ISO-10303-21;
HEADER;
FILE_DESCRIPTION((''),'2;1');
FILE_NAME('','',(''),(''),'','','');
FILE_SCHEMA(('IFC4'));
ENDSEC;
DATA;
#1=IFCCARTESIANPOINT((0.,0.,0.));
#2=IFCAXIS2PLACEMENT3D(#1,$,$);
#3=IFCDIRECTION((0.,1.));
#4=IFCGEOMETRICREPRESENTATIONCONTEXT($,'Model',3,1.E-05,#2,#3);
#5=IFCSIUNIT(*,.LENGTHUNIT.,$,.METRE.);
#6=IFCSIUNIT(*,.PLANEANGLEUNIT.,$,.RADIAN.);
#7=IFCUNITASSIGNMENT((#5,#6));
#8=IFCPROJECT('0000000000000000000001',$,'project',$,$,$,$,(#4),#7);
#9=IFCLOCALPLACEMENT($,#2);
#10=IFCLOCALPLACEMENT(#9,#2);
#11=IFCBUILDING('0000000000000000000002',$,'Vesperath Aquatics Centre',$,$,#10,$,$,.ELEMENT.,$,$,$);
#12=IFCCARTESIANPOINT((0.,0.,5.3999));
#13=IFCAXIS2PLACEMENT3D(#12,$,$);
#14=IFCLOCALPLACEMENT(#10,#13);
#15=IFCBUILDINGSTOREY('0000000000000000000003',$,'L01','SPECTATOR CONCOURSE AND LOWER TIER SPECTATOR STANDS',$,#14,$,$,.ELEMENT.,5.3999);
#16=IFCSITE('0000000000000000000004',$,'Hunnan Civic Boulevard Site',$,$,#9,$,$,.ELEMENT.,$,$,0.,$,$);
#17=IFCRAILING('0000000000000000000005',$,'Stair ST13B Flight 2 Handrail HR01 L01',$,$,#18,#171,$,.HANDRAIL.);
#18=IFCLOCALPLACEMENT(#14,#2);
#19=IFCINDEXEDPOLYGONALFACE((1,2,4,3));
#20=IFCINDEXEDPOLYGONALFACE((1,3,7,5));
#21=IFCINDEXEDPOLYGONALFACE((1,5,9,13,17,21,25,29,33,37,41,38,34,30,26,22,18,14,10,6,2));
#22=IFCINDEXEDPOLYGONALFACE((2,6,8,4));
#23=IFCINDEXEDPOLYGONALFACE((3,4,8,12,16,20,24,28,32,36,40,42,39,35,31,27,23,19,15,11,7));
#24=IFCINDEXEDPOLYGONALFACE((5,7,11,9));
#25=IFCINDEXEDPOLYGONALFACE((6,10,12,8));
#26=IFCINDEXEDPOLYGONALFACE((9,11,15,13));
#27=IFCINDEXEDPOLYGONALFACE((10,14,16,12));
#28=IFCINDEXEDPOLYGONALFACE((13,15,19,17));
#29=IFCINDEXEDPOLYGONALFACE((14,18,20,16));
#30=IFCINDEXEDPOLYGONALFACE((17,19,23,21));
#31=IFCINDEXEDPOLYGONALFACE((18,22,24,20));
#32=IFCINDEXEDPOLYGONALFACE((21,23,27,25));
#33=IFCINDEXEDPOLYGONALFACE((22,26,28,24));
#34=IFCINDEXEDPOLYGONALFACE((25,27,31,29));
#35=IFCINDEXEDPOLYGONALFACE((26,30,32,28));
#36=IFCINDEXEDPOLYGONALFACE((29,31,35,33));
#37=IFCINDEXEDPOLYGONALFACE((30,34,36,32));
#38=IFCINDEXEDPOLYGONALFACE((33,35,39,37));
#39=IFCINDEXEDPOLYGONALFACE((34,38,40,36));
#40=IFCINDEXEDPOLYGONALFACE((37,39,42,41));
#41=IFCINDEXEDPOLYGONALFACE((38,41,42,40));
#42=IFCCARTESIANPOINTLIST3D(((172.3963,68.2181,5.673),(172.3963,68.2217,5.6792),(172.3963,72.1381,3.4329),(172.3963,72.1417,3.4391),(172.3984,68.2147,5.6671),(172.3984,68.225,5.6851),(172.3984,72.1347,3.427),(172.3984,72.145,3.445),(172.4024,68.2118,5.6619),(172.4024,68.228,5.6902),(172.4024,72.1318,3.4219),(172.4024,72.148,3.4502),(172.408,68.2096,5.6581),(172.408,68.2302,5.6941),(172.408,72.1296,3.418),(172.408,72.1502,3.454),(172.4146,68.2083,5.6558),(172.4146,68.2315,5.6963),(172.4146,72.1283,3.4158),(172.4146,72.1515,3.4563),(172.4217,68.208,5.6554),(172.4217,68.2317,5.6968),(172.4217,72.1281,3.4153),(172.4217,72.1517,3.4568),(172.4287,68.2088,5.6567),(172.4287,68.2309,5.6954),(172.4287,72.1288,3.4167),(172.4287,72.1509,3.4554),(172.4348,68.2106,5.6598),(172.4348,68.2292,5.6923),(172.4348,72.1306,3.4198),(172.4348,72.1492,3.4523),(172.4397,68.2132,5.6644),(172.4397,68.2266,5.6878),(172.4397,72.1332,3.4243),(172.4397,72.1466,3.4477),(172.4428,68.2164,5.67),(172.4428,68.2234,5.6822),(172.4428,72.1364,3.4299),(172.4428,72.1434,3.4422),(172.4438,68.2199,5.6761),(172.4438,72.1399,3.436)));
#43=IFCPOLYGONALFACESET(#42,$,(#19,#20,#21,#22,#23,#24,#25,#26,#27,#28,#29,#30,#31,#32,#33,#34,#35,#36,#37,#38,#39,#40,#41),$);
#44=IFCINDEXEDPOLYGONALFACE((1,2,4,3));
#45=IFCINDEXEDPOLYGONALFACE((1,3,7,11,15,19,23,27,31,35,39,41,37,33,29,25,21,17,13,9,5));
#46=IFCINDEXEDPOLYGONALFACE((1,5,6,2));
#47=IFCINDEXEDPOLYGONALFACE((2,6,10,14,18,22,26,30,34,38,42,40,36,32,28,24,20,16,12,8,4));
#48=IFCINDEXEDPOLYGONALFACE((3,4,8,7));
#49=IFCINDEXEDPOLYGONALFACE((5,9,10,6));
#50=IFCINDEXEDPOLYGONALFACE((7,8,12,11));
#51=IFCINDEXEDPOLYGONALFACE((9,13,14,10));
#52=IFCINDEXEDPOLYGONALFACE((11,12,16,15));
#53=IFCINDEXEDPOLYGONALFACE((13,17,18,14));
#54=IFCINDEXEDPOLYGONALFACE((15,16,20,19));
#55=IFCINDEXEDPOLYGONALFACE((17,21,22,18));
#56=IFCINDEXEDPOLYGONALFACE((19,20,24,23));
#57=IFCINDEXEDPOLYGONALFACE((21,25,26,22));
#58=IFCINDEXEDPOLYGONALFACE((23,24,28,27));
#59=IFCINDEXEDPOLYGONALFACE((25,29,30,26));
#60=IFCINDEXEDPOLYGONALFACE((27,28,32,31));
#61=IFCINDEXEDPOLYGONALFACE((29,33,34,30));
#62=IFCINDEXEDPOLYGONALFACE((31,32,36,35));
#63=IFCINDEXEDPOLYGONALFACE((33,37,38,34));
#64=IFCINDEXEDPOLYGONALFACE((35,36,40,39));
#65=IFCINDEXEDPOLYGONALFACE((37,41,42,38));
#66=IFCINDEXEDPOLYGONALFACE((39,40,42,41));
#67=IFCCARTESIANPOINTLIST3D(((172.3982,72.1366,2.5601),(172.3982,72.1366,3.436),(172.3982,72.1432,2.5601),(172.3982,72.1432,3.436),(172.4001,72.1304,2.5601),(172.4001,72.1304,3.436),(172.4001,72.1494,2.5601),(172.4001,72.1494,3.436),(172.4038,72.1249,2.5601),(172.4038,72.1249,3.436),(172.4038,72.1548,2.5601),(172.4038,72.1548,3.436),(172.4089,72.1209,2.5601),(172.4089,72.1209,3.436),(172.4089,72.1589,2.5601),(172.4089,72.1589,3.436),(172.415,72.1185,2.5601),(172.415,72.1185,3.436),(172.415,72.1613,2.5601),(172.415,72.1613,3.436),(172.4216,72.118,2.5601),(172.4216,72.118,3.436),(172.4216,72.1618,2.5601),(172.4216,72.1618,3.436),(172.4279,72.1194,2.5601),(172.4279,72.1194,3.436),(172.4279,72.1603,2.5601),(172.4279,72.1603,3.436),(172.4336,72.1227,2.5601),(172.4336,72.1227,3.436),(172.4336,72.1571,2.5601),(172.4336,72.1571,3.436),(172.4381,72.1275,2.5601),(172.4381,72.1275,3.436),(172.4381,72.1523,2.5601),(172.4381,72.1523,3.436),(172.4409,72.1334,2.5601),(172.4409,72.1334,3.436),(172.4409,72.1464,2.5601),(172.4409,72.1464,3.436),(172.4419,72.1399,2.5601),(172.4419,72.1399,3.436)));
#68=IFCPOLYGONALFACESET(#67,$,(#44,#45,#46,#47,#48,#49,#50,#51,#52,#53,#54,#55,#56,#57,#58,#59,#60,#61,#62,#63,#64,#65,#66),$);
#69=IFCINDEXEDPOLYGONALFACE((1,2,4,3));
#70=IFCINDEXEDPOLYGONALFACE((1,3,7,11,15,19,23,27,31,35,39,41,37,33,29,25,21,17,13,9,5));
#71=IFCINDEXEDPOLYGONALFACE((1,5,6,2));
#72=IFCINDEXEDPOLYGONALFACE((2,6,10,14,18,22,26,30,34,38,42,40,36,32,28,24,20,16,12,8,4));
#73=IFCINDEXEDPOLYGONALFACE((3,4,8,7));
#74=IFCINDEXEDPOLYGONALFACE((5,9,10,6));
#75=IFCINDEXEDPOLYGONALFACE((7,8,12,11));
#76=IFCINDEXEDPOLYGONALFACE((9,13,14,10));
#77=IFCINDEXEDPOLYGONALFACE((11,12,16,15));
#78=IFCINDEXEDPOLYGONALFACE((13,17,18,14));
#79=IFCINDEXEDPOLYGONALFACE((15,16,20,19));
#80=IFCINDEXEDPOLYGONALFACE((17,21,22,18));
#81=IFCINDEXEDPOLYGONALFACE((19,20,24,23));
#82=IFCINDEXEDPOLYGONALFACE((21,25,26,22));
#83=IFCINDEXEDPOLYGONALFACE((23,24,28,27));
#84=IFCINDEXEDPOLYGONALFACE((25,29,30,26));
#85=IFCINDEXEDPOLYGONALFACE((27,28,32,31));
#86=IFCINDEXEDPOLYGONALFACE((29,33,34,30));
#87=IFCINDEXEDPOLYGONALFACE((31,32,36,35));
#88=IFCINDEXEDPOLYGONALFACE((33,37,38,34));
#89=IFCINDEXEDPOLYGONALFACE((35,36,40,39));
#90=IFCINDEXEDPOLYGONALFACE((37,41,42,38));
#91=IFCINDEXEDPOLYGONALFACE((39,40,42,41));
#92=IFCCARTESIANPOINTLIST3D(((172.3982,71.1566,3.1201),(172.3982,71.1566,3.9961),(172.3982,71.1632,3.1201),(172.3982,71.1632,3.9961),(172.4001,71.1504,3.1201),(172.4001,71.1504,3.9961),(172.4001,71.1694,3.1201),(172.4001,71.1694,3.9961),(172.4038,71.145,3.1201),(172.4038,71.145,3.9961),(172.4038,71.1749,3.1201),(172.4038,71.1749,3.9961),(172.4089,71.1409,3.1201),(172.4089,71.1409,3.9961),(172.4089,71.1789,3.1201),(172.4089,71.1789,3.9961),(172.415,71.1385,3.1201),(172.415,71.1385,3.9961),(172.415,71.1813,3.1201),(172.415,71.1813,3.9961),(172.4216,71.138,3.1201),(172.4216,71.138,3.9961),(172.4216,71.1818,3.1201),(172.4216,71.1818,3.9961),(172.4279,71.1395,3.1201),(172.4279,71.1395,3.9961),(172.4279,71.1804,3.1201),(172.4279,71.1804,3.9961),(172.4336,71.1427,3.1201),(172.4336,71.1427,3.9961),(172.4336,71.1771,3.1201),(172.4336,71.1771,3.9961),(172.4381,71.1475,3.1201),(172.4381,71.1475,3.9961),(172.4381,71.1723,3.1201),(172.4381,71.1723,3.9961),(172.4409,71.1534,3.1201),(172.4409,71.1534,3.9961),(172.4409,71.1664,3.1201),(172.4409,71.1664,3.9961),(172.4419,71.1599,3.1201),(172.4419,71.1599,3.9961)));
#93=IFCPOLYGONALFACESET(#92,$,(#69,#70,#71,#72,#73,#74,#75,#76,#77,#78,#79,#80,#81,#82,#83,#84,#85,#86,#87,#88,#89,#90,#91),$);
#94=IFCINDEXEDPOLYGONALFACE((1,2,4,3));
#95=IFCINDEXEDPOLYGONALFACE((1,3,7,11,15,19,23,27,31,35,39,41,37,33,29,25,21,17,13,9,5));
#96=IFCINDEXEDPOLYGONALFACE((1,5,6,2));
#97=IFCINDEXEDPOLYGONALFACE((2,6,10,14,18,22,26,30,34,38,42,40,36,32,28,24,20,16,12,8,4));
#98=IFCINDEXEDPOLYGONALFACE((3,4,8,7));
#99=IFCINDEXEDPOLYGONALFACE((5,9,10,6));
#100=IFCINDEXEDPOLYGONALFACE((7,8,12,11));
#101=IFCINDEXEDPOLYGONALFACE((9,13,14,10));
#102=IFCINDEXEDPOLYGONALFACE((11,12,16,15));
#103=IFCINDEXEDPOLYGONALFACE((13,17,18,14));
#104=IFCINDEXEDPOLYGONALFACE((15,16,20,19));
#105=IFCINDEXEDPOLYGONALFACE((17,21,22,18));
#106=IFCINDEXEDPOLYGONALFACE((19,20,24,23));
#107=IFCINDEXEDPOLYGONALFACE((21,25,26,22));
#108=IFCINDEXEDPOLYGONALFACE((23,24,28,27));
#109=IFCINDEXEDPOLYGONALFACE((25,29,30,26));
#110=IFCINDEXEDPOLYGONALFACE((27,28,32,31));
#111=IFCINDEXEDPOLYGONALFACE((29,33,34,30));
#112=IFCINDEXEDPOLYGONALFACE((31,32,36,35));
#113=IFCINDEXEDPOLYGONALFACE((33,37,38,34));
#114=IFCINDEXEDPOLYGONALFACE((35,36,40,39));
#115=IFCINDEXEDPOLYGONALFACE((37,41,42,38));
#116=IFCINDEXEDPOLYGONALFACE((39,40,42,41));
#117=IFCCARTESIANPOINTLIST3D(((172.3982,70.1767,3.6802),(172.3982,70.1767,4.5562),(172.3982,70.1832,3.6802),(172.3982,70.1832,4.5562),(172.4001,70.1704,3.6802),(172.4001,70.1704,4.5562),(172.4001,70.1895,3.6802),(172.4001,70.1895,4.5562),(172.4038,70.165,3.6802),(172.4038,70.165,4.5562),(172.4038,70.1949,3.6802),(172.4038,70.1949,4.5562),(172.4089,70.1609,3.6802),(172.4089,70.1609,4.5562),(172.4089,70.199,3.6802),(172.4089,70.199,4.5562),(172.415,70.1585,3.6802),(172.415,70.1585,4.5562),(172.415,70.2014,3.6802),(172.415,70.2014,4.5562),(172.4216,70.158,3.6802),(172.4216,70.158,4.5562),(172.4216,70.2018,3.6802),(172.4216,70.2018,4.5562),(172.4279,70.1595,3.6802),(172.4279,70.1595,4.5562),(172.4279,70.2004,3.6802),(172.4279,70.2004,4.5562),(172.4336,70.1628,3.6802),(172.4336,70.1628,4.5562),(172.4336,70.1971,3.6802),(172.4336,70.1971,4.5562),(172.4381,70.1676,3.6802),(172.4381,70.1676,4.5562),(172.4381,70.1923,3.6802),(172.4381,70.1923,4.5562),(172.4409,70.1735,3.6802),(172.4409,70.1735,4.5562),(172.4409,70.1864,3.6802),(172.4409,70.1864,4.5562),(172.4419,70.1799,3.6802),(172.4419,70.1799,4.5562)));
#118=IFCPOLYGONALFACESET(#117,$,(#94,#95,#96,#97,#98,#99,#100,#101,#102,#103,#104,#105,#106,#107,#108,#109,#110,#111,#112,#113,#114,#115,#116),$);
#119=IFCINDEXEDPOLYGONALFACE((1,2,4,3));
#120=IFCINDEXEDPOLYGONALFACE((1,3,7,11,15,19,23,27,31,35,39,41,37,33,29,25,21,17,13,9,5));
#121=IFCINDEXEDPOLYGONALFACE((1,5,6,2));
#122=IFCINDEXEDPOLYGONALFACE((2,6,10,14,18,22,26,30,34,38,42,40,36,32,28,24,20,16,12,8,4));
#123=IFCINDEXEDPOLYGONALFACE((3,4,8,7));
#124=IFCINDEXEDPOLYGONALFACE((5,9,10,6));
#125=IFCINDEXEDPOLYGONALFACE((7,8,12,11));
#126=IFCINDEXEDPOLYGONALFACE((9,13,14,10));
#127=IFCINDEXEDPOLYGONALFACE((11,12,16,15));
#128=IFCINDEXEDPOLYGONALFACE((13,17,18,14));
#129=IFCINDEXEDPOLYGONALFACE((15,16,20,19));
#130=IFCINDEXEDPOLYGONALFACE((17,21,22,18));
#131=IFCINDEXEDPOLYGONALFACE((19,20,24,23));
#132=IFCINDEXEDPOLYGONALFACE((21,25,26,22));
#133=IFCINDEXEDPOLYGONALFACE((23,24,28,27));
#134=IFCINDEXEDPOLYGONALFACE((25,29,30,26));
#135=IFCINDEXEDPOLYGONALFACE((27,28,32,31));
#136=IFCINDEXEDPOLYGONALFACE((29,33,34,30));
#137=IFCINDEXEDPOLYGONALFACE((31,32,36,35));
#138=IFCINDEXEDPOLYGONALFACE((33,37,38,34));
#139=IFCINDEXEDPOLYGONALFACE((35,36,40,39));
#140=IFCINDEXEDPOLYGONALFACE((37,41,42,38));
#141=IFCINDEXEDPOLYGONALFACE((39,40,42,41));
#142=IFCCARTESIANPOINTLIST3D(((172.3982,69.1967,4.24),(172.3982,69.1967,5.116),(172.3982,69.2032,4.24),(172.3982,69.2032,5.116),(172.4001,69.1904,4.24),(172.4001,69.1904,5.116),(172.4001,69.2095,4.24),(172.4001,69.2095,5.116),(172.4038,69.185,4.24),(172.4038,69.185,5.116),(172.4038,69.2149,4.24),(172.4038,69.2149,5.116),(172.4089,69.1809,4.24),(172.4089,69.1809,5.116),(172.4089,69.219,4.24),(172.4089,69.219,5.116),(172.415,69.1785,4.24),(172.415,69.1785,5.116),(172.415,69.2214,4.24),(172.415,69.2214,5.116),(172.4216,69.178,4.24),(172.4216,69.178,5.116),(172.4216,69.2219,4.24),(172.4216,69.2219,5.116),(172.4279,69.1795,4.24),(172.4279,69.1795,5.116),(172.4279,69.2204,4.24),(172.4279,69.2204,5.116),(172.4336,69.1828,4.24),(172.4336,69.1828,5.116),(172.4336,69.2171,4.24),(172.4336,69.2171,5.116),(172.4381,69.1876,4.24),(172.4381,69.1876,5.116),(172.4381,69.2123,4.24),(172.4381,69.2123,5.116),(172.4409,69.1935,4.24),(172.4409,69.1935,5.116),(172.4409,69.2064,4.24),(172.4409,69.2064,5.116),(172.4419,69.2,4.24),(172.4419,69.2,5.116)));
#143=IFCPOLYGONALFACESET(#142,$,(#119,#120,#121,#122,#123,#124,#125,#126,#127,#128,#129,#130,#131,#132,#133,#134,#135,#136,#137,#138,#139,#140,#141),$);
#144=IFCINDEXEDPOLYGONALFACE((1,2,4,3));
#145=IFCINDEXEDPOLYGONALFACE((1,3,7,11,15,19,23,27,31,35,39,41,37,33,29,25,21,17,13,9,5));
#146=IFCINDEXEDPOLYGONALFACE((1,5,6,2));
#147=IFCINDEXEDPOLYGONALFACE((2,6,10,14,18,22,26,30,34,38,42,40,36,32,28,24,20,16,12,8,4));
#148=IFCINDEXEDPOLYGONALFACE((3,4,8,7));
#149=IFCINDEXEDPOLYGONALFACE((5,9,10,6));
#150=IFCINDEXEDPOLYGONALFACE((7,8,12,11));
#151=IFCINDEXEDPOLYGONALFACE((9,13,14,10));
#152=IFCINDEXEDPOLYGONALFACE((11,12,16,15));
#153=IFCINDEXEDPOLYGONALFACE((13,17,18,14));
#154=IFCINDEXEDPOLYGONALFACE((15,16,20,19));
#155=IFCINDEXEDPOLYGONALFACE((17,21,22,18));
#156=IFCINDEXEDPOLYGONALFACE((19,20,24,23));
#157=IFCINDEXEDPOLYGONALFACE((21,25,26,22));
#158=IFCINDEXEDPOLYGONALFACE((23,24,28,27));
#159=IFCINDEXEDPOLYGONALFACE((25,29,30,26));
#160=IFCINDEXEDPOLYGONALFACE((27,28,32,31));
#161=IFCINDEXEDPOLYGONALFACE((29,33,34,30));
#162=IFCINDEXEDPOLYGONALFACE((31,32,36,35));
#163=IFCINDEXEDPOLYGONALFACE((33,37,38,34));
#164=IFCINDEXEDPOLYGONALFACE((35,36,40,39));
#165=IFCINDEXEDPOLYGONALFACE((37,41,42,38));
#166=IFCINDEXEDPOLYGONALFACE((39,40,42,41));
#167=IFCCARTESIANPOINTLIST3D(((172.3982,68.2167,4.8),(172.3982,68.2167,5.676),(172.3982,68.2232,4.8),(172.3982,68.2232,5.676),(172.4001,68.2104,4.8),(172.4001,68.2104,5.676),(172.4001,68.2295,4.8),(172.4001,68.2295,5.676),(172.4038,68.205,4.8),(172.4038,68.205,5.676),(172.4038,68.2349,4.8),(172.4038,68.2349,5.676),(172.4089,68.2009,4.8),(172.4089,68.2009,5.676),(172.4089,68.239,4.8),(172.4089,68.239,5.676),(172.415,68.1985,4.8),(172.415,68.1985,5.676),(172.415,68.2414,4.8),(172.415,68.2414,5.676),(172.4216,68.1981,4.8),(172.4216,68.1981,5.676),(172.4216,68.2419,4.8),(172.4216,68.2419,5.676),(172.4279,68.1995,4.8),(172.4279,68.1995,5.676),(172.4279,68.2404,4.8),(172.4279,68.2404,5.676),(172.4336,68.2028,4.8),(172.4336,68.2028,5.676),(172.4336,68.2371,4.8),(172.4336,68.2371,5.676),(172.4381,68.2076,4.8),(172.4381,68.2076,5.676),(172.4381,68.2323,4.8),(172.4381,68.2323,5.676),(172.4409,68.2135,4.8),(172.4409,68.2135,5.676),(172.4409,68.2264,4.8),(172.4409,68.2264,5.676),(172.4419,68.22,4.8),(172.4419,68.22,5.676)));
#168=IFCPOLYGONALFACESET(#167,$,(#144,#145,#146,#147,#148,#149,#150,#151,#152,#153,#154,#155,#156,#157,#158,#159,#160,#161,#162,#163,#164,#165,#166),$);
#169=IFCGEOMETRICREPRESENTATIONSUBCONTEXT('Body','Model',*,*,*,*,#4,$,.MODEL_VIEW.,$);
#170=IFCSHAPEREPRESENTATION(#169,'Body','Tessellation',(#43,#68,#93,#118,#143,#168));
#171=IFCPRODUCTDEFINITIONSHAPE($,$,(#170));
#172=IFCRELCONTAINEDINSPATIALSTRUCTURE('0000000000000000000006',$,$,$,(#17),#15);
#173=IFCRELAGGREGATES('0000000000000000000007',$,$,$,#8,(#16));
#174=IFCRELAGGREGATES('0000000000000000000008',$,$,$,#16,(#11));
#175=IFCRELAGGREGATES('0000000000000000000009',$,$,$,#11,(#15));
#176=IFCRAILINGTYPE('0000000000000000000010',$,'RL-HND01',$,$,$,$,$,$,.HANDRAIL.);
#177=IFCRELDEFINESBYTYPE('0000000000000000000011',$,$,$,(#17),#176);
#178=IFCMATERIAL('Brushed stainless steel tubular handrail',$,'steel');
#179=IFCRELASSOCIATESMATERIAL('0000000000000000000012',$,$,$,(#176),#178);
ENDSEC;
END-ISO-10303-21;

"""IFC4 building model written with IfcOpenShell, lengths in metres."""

from ifc_helpers import new_model, si_unit, direction, frame, origin, origin_2d, place, context, subcontext, project, spatial, circle, extrude, material, type_object, element, save


model = new_model("IFC4")

# Units and contexts
model_context = context("Model", 3, precision=1e-05, world=origin(), true_north=direction((0.0, 1.0)))
body_context = subcontext(model_context, "Body", "Model", "MODEL_VIEW")
ifc_project = project(units=[si_unit("LENGTHUNIT", "METRE"), si_unit("PLANEANGLEUNIT", "RADIAN")], contexts=[model_context])

# Site, building, storey
site_placement = place(None, origin())
site = spatial("IfcSite", under=ifc_project, at=site_placement, Name="Hunnan Civic Boulevard Site", CompositionType="ELEMENT", RefElevation=0.0)
building_placement = place(site_placement, origin())
building = spatial("IfcBuilding", under=site, at=building_placement, Name="Vesperath Aquatics Centre", CompositionType="ELEMENT")
storey_placement = place(building_placement, frame((0.0, 0.0, 5.3999)))
storey = spatial("IfcBuildingStorey", under=building, at=storey_placement, Name="L01", Description="SPECTATOR CONCOURSE AND LOWER TIER SPECTATOR STANDS", CompositionType="ELEMENT", Elevation=5.3999)

# Railing
ifc_material_1 = material(Name="Brushed stainless steel tubular handrail", Category="steel")
railing_type_1 = type_object("IfcRailingType", Name="RL-HND01", PredefinedType="HANDRAIL", material=ifc_material_1)
railing_1_placement = place(storey_placement, frame((172.4199, 72.1399, 2.5601)))
element("IfcRailing", 1, at=railing_1_placement, inside=storey, type_object=railing_type_1, Name="Stair ST13B Flight 2 Handrail HR01 L01", PredefinedType="HANDRAIL", context=body_context, shape_type="SweptSolid", body=[
    extrude(circle(Radius=0.0239, at=origin_2d()), frame((0.0, 0.0, 0.876), z_axis=(0.0, -0.86824, 0.496145), x_axis=(1.0, 0.0, 0.0)), (0.0, 0.0, 1.0), 4.5149),
    extrude(circle(Radius=0.022, at=origin_2d()), origin(), (0.0, 0.0, 1.0), 0.876),
    extrude(circle(Radius=0.022, at=origin_2d()), frame((0.0, -0.98, 0.5601)), (0.0, 0.0, 1.0), 0.876),
    extrude(circle(Radius=0.022, at=origin_2d()), frame((0.0, -1.96, 1.1201)), (0.0, 0.0, 1.0), 0.876),
    extrude(circle(Radius=0.022, at=origin_2d()), frame((0.0, -2.9399, 1.6799)), (0.0, 0.0, 1.0), 0.876),
    extrude(circle(Radius=0.022, at=origin_2d()), frame((0.0, -3.9199, 2.24)), (0.0, 0.0, 1.0), 0.876),
])

save(model, "model.ifc")
